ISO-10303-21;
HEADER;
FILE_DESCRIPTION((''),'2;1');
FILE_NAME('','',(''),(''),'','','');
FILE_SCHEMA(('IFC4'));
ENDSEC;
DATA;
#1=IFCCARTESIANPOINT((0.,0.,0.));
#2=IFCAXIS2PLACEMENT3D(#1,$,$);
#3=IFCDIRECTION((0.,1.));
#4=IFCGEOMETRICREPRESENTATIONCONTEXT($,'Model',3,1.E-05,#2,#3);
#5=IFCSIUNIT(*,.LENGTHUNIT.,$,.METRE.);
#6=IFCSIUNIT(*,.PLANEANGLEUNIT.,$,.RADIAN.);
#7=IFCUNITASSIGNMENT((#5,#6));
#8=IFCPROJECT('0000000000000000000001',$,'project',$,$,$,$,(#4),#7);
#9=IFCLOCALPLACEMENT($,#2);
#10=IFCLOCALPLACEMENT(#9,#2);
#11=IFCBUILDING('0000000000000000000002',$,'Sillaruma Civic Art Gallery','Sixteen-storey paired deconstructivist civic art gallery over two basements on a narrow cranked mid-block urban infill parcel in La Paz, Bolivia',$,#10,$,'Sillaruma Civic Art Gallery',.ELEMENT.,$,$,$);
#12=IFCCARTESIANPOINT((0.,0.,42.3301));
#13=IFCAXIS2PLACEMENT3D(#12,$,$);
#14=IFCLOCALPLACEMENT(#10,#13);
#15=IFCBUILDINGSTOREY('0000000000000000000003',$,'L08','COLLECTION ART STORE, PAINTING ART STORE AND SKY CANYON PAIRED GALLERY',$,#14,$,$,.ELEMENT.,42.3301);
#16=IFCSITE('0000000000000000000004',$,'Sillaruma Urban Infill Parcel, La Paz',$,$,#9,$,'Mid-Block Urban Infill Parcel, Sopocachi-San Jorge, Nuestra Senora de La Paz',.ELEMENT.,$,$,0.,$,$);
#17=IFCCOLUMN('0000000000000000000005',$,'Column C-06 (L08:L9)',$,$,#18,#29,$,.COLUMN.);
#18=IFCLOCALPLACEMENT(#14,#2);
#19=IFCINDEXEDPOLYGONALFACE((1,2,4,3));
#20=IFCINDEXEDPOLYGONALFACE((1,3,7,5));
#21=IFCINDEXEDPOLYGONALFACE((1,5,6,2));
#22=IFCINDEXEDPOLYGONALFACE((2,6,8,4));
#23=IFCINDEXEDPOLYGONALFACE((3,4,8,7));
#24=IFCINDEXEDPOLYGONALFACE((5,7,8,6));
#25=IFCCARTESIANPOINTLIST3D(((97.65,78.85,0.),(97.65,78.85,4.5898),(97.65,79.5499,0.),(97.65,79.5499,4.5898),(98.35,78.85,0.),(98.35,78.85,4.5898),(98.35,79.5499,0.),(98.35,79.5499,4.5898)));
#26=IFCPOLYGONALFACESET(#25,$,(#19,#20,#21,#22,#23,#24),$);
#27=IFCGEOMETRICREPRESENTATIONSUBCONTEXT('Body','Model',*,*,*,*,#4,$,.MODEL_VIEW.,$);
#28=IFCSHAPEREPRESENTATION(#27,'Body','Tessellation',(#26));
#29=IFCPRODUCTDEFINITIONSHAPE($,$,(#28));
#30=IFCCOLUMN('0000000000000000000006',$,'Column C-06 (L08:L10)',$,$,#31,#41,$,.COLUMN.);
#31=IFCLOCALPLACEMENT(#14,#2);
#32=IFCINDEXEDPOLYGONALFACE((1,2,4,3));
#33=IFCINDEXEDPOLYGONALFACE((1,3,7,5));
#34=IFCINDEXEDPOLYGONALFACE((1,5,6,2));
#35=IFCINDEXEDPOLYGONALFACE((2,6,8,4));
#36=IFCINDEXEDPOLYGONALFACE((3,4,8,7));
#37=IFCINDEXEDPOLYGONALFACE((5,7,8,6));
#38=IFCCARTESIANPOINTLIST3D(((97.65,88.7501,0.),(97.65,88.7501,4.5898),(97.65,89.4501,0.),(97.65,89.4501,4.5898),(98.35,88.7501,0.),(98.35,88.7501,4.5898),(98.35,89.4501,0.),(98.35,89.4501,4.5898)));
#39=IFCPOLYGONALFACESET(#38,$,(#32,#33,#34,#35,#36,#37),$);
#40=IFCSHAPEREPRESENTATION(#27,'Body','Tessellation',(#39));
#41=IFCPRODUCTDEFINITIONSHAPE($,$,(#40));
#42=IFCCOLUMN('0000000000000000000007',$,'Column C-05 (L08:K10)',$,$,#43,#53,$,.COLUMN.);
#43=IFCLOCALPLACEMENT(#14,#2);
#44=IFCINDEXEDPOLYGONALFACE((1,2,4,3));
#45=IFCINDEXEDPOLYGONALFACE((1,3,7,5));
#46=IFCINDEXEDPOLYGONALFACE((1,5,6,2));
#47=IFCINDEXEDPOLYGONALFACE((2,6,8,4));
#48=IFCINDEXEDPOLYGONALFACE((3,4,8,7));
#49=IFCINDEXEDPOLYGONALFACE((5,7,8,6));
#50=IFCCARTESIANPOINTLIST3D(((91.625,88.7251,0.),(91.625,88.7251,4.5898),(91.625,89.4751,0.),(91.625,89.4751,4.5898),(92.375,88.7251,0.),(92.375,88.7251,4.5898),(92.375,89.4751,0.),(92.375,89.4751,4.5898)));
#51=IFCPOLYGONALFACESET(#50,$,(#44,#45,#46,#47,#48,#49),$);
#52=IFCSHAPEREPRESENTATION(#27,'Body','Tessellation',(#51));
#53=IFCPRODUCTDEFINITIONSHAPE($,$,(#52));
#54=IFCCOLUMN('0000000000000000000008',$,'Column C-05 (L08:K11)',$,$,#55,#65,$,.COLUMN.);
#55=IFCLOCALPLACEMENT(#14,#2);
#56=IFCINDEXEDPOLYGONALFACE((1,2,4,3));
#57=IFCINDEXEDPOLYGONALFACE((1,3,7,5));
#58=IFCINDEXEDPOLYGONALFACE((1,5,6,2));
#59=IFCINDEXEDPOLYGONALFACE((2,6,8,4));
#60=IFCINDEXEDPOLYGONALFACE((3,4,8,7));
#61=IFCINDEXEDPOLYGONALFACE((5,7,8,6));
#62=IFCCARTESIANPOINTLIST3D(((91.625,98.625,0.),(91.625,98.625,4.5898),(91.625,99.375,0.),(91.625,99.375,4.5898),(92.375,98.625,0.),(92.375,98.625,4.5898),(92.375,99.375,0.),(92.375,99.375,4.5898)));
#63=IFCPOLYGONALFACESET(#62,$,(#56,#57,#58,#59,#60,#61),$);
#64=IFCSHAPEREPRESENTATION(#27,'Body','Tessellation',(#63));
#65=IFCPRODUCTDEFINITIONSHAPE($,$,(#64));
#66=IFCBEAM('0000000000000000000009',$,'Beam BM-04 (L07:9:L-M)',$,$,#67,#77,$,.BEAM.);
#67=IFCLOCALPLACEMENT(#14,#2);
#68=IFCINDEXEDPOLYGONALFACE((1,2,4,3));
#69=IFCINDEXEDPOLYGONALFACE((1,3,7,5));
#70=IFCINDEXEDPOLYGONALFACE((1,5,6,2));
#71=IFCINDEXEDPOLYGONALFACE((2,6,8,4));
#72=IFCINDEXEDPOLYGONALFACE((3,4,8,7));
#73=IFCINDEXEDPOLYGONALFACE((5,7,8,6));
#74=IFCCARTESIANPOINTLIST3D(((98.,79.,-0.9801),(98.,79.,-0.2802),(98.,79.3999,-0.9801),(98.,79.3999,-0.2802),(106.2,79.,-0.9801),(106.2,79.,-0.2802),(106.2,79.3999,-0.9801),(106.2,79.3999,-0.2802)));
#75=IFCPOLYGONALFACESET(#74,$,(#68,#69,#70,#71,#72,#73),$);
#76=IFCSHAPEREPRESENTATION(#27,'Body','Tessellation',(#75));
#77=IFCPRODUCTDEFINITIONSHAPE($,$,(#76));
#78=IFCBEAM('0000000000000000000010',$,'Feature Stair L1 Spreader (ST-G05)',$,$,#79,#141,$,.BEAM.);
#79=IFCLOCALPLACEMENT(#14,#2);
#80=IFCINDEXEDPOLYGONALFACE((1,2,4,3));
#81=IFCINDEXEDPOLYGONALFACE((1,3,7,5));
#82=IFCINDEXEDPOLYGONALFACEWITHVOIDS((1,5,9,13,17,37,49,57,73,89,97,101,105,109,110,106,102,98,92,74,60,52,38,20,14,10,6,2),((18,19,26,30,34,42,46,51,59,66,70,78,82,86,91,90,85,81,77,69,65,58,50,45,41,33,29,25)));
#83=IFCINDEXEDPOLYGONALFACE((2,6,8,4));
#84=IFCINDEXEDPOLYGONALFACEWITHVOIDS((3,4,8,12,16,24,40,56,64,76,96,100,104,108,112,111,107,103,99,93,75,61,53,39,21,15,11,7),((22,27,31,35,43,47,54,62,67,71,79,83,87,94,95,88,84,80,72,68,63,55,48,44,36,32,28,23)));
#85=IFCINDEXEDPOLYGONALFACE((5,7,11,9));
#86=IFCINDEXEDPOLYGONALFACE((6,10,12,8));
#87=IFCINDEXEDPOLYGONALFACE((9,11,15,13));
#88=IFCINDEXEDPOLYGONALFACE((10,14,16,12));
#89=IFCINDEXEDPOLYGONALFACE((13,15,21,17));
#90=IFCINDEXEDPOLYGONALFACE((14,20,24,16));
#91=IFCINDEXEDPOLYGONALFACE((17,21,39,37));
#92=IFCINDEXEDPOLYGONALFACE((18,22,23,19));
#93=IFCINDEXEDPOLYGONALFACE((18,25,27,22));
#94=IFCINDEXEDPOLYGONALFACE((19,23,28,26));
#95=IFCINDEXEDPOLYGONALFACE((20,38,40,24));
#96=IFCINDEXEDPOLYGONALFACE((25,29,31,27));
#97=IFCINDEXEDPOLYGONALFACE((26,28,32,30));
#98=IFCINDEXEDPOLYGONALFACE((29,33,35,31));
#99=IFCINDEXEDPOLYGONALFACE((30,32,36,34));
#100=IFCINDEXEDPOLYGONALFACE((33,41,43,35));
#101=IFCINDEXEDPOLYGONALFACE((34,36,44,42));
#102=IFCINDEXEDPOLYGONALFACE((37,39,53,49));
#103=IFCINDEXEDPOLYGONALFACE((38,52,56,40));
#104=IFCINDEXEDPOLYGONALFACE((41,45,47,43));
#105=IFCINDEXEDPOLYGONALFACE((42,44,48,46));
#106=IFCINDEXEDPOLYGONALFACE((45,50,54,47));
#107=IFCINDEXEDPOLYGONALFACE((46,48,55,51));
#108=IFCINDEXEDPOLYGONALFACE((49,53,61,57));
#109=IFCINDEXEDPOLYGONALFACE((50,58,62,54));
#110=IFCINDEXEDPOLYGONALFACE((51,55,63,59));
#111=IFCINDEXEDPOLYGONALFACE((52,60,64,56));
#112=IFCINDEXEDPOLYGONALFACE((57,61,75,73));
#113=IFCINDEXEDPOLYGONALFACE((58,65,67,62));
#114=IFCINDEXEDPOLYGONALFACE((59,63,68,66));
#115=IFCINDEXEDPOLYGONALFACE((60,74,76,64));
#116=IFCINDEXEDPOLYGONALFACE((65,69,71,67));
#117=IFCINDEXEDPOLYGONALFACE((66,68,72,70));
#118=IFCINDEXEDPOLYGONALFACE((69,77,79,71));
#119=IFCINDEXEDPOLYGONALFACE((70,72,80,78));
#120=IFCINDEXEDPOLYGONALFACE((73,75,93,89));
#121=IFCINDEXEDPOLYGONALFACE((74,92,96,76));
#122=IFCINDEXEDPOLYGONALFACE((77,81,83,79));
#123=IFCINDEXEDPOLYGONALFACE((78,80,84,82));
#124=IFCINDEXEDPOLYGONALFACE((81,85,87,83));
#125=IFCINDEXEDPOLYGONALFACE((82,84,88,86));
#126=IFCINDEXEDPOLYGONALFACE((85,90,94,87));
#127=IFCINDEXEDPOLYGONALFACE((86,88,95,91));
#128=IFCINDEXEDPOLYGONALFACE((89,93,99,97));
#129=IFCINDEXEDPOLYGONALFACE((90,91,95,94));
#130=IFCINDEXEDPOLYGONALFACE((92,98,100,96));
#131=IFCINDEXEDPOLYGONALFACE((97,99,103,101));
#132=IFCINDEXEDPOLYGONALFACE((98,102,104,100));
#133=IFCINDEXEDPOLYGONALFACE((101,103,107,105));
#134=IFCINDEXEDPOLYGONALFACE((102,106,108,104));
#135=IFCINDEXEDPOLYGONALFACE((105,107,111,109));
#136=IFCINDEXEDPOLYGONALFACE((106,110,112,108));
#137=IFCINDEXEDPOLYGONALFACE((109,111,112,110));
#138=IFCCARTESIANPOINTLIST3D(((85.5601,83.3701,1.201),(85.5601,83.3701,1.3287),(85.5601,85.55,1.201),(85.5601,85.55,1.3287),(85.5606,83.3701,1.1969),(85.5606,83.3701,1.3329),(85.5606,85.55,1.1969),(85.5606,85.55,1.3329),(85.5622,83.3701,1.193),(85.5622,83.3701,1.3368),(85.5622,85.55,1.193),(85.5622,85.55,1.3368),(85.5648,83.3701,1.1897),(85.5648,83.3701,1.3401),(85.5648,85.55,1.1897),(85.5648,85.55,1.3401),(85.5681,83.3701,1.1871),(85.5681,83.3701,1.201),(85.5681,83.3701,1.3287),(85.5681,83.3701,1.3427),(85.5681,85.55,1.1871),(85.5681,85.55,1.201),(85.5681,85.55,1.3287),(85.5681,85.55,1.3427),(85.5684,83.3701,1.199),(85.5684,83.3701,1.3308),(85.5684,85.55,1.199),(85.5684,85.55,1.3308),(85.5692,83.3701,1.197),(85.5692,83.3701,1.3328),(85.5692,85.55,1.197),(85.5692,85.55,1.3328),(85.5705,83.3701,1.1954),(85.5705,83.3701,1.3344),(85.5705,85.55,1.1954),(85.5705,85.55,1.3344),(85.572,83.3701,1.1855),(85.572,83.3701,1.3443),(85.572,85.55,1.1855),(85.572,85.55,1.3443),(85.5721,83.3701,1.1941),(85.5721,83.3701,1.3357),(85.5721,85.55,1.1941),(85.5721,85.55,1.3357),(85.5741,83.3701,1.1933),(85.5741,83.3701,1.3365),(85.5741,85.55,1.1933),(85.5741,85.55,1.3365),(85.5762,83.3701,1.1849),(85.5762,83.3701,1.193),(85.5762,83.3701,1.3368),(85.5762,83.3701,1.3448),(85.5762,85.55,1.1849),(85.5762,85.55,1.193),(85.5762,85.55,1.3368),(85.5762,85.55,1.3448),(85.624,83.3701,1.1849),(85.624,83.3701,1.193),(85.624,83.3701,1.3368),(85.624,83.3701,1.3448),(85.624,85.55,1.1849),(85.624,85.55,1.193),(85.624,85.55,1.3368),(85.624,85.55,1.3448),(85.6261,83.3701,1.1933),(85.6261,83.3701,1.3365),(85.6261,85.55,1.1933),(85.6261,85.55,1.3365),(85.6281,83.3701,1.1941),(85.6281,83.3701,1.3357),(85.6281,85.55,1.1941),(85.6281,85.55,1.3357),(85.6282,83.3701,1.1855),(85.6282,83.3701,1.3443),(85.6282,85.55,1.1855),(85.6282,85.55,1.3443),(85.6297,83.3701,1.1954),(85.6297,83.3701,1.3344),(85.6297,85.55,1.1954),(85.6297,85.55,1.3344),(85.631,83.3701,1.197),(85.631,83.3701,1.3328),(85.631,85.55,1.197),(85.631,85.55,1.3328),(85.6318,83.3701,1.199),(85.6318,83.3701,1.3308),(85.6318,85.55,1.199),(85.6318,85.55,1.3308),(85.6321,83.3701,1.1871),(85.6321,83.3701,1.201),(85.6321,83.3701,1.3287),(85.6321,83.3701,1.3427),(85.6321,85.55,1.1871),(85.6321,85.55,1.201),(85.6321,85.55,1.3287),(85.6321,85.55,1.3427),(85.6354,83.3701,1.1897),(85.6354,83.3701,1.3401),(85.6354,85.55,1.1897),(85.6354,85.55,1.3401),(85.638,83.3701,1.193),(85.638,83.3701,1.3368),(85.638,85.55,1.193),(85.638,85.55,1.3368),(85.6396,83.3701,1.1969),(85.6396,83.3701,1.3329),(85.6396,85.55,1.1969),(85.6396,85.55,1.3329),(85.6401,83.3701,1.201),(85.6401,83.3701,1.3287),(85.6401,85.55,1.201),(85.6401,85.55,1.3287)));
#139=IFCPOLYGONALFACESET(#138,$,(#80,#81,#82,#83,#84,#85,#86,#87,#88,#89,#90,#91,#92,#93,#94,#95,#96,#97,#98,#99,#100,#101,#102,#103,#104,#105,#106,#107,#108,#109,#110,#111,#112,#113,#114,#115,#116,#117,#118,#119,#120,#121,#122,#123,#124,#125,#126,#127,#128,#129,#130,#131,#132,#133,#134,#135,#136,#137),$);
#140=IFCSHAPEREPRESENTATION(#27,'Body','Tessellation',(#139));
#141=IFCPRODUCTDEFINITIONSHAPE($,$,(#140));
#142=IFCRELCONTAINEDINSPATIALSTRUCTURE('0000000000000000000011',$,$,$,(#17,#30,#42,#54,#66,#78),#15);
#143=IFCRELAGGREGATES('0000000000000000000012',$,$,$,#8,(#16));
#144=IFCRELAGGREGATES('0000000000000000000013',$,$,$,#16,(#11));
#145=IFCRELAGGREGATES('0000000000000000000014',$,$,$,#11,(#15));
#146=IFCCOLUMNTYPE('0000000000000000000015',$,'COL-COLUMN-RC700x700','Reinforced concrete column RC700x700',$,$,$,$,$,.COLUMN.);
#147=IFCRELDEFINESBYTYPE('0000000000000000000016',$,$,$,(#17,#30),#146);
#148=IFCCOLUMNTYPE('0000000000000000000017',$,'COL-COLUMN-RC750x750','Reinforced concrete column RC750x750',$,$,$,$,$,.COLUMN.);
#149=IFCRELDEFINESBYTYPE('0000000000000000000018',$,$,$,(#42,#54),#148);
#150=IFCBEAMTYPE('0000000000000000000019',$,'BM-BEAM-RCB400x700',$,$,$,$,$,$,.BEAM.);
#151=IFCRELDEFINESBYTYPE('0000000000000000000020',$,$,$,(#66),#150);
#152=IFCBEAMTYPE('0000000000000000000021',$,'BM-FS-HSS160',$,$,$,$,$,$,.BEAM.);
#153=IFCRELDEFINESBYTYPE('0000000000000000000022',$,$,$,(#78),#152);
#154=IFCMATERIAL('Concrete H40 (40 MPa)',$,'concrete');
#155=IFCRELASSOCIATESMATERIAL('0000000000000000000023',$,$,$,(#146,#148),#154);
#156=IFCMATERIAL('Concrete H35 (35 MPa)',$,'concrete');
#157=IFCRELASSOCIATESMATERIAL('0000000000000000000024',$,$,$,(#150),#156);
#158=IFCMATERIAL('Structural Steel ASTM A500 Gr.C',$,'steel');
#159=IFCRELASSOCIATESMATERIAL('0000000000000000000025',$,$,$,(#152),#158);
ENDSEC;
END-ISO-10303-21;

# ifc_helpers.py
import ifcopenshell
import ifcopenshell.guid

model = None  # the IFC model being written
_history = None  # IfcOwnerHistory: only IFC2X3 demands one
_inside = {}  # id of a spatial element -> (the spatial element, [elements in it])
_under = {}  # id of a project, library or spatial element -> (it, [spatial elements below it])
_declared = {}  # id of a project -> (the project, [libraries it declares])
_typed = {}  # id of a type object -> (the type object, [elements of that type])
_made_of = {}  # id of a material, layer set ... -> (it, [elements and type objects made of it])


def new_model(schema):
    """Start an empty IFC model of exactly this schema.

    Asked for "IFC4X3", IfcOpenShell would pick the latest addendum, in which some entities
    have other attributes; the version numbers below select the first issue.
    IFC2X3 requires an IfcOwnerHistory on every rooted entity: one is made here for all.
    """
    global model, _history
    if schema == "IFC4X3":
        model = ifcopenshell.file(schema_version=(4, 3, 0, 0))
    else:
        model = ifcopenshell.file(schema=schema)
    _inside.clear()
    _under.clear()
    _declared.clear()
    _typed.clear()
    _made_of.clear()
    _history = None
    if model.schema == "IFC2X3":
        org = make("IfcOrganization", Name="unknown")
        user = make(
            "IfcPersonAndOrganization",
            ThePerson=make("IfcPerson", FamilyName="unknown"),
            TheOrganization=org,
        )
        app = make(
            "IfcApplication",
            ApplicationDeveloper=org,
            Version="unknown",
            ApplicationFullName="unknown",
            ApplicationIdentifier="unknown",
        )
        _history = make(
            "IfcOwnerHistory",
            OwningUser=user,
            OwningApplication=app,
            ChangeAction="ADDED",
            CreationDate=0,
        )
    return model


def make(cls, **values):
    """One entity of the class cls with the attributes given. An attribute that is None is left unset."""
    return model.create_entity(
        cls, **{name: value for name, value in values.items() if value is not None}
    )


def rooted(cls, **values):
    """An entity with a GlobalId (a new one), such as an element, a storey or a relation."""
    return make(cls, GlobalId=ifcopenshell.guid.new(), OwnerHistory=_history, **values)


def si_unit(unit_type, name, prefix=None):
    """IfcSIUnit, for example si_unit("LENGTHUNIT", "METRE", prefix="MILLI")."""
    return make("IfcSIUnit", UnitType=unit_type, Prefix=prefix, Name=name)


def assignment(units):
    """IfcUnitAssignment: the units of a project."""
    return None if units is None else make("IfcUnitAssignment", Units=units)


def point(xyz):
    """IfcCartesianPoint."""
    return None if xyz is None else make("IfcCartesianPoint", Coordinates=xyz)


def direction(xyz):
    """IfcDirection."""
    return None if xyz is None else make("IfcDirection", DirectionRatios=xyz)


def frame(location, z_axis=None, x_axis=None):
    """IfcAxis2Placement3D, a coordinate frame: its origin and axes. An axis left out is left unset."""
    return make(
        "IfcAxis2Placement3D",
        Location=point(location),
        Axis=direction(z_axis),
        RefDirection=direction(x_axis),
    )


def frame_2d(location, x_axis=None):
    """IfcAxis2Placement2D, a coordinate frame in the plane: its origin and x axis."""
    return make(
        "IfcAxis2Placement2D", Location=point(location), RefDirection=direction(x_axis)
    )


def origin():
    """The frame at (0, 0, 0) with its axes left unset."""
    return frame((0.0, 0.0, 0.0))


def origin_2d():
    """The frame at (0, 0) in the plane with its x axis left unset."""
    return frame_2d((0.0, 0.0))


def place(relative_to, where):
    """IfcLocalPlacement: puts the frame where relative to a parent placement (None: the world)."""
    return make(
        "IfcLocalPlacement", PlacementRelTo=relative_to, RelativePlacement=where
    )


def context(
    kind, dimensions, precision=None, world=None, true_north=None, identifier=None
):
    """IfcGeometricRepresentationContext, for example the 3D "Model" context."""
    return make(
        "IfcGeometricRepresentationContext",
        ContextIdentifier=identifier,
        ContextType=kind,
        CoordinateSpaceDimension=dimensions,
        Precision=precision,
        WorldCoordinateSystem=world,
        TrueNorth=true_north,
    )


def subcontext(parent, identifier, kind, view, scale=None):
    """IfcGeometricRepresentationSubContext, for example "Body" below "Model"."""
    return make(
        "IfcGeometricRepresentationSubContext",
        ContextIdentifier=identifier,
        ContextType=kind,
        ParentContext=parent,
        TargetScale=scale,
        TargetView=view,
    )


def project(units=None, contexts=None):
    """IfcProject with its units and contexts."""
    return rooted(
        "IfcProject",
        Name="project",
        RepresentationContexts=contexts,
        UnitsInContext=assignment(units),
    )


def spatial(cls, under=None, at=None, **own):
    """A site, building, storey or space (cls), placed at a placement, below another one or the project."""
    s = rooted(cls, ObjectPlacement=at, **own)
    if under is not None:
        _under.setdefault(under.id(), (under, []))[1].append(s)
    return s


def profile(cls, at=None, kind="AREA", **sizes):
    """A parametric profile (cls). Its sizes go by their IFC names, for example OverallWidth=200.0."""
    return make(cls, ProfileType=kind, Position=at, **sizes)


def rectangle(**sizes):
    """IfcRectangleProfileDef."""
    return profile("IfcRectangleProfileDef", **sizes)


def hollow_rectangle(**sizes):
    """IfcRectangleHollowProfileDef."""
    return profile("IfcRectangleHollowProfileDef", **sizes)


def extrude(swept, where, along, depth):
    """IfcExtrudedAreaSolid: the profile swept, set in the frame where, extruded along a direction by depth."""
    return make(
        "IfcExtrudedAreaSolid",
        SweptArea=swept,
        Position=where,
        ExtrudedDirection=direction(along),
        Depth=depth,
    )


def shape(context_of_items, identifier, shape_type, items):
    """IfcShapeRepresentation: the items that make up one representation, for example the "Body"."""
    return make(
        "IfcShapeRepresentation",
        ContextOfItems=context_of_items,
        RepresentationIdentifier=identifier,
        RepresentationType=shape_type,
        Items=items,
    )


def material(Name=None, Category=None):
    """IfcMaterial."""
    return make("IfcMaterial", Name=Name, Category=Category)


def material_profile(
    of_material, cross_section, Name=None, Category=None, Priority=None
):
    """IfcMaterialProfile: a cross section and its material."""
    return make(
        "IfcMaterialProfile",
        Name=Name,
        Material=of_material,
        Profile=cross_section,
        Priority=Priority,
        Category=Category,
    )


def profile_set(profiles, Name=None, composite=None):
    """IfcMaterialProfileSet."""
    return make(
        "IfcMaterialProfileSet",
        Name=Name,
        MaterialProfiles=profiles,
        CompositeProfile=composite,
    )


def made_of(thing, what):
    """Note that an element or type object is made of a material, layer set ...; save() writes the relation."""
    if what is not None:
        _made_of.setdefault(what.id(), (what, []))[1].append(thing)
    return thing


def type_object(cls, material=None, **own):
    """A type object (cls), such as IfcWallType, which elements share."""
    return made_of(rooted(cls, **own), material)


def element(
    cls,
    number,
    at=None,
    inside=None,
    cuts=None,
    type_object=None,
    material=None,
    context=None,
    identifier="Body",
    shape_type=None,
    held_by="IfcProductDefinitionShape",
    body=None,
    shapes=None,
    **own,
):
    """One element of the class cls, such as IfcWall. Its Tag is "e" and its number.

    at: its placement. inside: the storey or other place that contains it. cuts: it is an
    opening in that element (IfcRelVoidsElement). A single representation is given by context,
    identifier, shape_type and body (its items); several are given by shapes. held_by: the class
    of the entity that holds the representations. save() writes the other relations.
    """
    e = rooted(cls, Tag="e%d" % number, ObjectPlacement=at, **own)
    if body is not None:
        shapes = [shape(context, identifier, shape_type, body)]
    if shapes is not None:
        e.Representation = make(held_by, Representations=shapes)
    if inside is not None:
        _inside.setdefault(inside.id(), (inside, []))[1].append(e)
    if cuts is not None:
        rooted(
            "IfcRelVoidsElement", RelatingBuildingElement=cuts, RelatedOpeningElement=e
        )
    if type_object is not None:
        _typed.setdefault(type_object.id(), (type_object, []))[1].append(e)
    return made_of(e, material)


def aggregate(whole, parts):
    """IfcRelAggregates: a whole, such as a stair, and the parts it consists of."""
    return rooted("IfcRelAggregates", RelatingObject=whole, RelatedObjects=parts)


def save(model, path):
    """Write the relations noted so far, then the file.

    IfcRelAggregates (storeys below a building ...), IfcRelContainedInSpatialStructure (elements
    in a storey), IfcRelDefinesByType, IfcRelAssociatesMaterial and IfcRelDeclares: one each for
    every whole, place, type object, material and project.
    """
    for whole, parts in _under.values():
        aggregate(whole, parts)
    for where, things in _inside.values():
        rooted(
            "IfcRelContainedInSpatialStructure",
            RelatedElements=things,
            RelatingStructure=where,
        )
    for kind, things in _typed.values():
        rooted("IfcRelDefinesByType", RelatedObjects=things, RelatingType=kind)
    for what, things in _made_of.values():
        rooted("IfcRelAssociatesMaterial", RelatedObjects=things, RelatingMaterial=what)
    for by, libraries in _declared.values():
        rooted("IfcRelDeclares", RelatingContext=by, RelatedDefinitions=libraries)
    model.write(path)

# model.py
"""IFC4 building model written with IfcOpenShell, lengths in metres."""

from ifc_helpers import new_model, si_unit, direction, frame, origin, origin_2d, place, context, subcontext, project, spatial, rectangle, hollow_rectangle, extrude, material, material_profile, profile_set, type_object, element, save


model = new_model("IFC4")

# Units and contexts
model_context = context("Model", 3, precision=1e-05, world=origin(), true_north=direction((0.0, 1.0)))
body_context = subcontext(model_context, "Body", "Model", "MODEL_VIEW")
ifc_project = project(units=[si_unit("LENGTHUNIT", "METRE"), si_unit("PLANEANGLEUNIT", "RADIAN")], contexts=[model_context])

# Site, building, storey
site_placement = place(None, origin())
site = spatial("IfcSite", under=ifc_project, at=site_placement, Name="Sillaruma Urban Infill Parcel, La Paz", LongName="Mid-Block Urban Infill Parcel, Sopocachi-San Jorge, Nuestra Senora de La Paz", CompositionType="ELEMENT", RefElevation=0.0)
building_placement = place(site_placement, origin())
building = spatial("IfcBuilding", under=site, at=building_placement, Name="Sillaruma Civic Art Gallery", Description="Sixteen-storey paired deconstructivist civic art gallery over two basements on a narrow cranked mid-block urban infill parcel in La Paz, Bolivia", LongName="Sillaruma Civic Art Gallery", CompositionType="ELEMENT")
storey_placement = place(building_placement, frame((0.0, 0.0, 42.3301)))
storey = spatial("IfcBuildingStorey", under=building, at=storey_placement, Name="L08", Description="COLLECTION ART STORE, PAINTING ART STORE AND SKY CANYON PAIRED GALLERY", CompositionType="ELEMENT", Elevation=42.3301)

# Columns
ifc_material_1 = material(Name="Concrete H40 (40 MPa)", Category="concrete")
ifc_material_profile_1 = material_profile(ifc_material_1, rectangle(XDim=0.7, YDim=0.7, at=origin_2d()), Name="RC700x700")
ifc_profile_set_1 = profile_set([ifc_material_profile_1], Name="Concrete H40 (40 MPa)")
column_type_1 = type_object("IfcColumnType", Name="COL-COLUMN-RC700x700", Description="Reinforced concrete column RC700x700", PredefinedType="COLUMN", material=ifc_profile_set_1)
for number, where, z_axis, x_axis, name in (
    (1, (98.0, 79.2, 0.0), (0.0, 0.0, 1.0), (1.0, 0.0, 0.0), "Column C-06 (L08:L9)"),
    (2, (98.0, 89.1001, 0.0), (0.0, 0.0, 1.0), (1.0, 0.0, 0.0), "Column C-06 (L08:L10)"),
):
    element("IfcColumn", number, at=place(storey_placement, frame(where, z_axis=z_axis, x_axis=x_axis)), inside=storey, type_object=column_type_1, Name=name, PredefinedType="COLUMN", context=body_context, shape_type="SweptSolid", body=[
        extrude(rectangle(XDim=0.7, YDim=0.7, at=origin_2d()), origin(), (0.0, 0.0, 1.0), 4.5898),
    ])
ifc_material_profile_2 = material_profile(ifc_material_1, rectangle(XDim=0.75, YDim=0.75, at=origin_2d()), Name="RC750x750")
ifc_profile_set_2 = profile_set([ifc_material_profile_2], Name="Concrete H40 (40 MPa)")
column_type_2 = type_object("IfcColumnType", Name="COL-COLUMN-RC750x750", Description="Reinforced concrete column RC750x750", PredefinedType="COLUMN", material=ifc_profile_set_2)
for number, where, z_axis, x_axis, name in (
    (3, (92.0, 89.1001, 0.0), (0.0, 0.0, 1.0), (1.0, 0.0, 0.0), "Column C-05 (L08:K10)"),
    (4, (92.0, 99.0, 0.0), (0.0, 0.0, 1.0), (1.0, 0.0, 0.0), "Column C-05 (L08:K11)"),
):
    element("IfcColumn", number, at=place(storey_placement, frame(where, z_axis=z_axis, x_axis=x_axis)), inside=storey, type_object=column_type_2, Name=name, PredefinedType="COLUMN", context=body_context, shape_type="SweptSolid", body=[
        extrude(rectangle(XDim=0.75, YDim=0.75, at=origin_2d()), origin(), (0.0, 0.0, 1.0), 4.5898),
    ])

# Beams
ifc_material_2 = material(Name="Concrete H35 (35 MPa)", Category="concrete")
ifc_material_profile_3 = material_profile(ifc_material_2, rectangle(XDim=0.3999, YDim=0.7, at=origin_2d()), Name="RCB400x700")
ifc_profile_set_3 = profile_set([ifc_material_profile_3], Name="Concrete H35 (35 MPa)")
beam_type_1 = type_object("IfcBeamType", Name="BM-BEAM-RCB400x700", PredefinedType="BEAM", material=ifc_profile_set_3)
beam_1_placement = place(storey_placement, frame((98.0, 79.2, -0.6301), z_axis=(1.0, 0.0, 0.0), x_axis=(0.0, 1.0, 0.0)))
element("IfcBeam", 5, at=beam_1_placement, inside=storey, type_object=beam_type_1, Name="Beam BM-04 (L07:9:L-M)", PredefinedType="BEAM", context=body_context, shape_type="SweptSolid", body=[
    extrude(rectangle(XDim=0.3999, YDim=0.7, at=origin_2d()), origin(), (0.0, 0.0, 1.0), 8.2),
])
ifc_material_3 = material(Name="Structural Steel ASTM A500 Gr.C", Category="steel")
ifc_material_profile_4 = material_profile(ifc_material_3, hollow_rectangle(XDim=0.0801, YDim=0.1599, WallThickness=0.0081, InnerFilletRadius=0.0081, OuterFilletRadius=0.0161, at=origin_2d()), Name="HSS160x80x8")
ifc_profile_set_4 = profile_set([ifc_material_profile_4], Name="Structural Steel ASTM A500 Gr.C")
beam_type_2 = type_object("IfcBeamType", Name="BM-FS-HSS160", PredefinedType="BEAM", material=ifc_profile_set_4)
beam_2_placement = place(storey_placement, frame((85.6001, 83.3701, 1.2649), z_axis=(0.0, 1.0, 0.0), x_axis=(-1.0, 0.0, 0.0)))
element("IfcBeam", 6, at=beam_2_placement, inside=storey, type_object=beam_type_2, Name="Feature Stair L1 Spreader (ST-G05)", PredefinedType="BEAM", context=body_context, shape_type="SweptSolid", body=[
    extrude(hollow_rectangle(XDim=0.0801, YDim=0.1599, WallThickness=0.0081, InnerFilletRadius=0.0081, OuterFilletRadius=0.0161, at=origin_2d()), origin(), (0.0, 0.0, 1.0), 2.1799),
])

save(model, "model.ifc")
